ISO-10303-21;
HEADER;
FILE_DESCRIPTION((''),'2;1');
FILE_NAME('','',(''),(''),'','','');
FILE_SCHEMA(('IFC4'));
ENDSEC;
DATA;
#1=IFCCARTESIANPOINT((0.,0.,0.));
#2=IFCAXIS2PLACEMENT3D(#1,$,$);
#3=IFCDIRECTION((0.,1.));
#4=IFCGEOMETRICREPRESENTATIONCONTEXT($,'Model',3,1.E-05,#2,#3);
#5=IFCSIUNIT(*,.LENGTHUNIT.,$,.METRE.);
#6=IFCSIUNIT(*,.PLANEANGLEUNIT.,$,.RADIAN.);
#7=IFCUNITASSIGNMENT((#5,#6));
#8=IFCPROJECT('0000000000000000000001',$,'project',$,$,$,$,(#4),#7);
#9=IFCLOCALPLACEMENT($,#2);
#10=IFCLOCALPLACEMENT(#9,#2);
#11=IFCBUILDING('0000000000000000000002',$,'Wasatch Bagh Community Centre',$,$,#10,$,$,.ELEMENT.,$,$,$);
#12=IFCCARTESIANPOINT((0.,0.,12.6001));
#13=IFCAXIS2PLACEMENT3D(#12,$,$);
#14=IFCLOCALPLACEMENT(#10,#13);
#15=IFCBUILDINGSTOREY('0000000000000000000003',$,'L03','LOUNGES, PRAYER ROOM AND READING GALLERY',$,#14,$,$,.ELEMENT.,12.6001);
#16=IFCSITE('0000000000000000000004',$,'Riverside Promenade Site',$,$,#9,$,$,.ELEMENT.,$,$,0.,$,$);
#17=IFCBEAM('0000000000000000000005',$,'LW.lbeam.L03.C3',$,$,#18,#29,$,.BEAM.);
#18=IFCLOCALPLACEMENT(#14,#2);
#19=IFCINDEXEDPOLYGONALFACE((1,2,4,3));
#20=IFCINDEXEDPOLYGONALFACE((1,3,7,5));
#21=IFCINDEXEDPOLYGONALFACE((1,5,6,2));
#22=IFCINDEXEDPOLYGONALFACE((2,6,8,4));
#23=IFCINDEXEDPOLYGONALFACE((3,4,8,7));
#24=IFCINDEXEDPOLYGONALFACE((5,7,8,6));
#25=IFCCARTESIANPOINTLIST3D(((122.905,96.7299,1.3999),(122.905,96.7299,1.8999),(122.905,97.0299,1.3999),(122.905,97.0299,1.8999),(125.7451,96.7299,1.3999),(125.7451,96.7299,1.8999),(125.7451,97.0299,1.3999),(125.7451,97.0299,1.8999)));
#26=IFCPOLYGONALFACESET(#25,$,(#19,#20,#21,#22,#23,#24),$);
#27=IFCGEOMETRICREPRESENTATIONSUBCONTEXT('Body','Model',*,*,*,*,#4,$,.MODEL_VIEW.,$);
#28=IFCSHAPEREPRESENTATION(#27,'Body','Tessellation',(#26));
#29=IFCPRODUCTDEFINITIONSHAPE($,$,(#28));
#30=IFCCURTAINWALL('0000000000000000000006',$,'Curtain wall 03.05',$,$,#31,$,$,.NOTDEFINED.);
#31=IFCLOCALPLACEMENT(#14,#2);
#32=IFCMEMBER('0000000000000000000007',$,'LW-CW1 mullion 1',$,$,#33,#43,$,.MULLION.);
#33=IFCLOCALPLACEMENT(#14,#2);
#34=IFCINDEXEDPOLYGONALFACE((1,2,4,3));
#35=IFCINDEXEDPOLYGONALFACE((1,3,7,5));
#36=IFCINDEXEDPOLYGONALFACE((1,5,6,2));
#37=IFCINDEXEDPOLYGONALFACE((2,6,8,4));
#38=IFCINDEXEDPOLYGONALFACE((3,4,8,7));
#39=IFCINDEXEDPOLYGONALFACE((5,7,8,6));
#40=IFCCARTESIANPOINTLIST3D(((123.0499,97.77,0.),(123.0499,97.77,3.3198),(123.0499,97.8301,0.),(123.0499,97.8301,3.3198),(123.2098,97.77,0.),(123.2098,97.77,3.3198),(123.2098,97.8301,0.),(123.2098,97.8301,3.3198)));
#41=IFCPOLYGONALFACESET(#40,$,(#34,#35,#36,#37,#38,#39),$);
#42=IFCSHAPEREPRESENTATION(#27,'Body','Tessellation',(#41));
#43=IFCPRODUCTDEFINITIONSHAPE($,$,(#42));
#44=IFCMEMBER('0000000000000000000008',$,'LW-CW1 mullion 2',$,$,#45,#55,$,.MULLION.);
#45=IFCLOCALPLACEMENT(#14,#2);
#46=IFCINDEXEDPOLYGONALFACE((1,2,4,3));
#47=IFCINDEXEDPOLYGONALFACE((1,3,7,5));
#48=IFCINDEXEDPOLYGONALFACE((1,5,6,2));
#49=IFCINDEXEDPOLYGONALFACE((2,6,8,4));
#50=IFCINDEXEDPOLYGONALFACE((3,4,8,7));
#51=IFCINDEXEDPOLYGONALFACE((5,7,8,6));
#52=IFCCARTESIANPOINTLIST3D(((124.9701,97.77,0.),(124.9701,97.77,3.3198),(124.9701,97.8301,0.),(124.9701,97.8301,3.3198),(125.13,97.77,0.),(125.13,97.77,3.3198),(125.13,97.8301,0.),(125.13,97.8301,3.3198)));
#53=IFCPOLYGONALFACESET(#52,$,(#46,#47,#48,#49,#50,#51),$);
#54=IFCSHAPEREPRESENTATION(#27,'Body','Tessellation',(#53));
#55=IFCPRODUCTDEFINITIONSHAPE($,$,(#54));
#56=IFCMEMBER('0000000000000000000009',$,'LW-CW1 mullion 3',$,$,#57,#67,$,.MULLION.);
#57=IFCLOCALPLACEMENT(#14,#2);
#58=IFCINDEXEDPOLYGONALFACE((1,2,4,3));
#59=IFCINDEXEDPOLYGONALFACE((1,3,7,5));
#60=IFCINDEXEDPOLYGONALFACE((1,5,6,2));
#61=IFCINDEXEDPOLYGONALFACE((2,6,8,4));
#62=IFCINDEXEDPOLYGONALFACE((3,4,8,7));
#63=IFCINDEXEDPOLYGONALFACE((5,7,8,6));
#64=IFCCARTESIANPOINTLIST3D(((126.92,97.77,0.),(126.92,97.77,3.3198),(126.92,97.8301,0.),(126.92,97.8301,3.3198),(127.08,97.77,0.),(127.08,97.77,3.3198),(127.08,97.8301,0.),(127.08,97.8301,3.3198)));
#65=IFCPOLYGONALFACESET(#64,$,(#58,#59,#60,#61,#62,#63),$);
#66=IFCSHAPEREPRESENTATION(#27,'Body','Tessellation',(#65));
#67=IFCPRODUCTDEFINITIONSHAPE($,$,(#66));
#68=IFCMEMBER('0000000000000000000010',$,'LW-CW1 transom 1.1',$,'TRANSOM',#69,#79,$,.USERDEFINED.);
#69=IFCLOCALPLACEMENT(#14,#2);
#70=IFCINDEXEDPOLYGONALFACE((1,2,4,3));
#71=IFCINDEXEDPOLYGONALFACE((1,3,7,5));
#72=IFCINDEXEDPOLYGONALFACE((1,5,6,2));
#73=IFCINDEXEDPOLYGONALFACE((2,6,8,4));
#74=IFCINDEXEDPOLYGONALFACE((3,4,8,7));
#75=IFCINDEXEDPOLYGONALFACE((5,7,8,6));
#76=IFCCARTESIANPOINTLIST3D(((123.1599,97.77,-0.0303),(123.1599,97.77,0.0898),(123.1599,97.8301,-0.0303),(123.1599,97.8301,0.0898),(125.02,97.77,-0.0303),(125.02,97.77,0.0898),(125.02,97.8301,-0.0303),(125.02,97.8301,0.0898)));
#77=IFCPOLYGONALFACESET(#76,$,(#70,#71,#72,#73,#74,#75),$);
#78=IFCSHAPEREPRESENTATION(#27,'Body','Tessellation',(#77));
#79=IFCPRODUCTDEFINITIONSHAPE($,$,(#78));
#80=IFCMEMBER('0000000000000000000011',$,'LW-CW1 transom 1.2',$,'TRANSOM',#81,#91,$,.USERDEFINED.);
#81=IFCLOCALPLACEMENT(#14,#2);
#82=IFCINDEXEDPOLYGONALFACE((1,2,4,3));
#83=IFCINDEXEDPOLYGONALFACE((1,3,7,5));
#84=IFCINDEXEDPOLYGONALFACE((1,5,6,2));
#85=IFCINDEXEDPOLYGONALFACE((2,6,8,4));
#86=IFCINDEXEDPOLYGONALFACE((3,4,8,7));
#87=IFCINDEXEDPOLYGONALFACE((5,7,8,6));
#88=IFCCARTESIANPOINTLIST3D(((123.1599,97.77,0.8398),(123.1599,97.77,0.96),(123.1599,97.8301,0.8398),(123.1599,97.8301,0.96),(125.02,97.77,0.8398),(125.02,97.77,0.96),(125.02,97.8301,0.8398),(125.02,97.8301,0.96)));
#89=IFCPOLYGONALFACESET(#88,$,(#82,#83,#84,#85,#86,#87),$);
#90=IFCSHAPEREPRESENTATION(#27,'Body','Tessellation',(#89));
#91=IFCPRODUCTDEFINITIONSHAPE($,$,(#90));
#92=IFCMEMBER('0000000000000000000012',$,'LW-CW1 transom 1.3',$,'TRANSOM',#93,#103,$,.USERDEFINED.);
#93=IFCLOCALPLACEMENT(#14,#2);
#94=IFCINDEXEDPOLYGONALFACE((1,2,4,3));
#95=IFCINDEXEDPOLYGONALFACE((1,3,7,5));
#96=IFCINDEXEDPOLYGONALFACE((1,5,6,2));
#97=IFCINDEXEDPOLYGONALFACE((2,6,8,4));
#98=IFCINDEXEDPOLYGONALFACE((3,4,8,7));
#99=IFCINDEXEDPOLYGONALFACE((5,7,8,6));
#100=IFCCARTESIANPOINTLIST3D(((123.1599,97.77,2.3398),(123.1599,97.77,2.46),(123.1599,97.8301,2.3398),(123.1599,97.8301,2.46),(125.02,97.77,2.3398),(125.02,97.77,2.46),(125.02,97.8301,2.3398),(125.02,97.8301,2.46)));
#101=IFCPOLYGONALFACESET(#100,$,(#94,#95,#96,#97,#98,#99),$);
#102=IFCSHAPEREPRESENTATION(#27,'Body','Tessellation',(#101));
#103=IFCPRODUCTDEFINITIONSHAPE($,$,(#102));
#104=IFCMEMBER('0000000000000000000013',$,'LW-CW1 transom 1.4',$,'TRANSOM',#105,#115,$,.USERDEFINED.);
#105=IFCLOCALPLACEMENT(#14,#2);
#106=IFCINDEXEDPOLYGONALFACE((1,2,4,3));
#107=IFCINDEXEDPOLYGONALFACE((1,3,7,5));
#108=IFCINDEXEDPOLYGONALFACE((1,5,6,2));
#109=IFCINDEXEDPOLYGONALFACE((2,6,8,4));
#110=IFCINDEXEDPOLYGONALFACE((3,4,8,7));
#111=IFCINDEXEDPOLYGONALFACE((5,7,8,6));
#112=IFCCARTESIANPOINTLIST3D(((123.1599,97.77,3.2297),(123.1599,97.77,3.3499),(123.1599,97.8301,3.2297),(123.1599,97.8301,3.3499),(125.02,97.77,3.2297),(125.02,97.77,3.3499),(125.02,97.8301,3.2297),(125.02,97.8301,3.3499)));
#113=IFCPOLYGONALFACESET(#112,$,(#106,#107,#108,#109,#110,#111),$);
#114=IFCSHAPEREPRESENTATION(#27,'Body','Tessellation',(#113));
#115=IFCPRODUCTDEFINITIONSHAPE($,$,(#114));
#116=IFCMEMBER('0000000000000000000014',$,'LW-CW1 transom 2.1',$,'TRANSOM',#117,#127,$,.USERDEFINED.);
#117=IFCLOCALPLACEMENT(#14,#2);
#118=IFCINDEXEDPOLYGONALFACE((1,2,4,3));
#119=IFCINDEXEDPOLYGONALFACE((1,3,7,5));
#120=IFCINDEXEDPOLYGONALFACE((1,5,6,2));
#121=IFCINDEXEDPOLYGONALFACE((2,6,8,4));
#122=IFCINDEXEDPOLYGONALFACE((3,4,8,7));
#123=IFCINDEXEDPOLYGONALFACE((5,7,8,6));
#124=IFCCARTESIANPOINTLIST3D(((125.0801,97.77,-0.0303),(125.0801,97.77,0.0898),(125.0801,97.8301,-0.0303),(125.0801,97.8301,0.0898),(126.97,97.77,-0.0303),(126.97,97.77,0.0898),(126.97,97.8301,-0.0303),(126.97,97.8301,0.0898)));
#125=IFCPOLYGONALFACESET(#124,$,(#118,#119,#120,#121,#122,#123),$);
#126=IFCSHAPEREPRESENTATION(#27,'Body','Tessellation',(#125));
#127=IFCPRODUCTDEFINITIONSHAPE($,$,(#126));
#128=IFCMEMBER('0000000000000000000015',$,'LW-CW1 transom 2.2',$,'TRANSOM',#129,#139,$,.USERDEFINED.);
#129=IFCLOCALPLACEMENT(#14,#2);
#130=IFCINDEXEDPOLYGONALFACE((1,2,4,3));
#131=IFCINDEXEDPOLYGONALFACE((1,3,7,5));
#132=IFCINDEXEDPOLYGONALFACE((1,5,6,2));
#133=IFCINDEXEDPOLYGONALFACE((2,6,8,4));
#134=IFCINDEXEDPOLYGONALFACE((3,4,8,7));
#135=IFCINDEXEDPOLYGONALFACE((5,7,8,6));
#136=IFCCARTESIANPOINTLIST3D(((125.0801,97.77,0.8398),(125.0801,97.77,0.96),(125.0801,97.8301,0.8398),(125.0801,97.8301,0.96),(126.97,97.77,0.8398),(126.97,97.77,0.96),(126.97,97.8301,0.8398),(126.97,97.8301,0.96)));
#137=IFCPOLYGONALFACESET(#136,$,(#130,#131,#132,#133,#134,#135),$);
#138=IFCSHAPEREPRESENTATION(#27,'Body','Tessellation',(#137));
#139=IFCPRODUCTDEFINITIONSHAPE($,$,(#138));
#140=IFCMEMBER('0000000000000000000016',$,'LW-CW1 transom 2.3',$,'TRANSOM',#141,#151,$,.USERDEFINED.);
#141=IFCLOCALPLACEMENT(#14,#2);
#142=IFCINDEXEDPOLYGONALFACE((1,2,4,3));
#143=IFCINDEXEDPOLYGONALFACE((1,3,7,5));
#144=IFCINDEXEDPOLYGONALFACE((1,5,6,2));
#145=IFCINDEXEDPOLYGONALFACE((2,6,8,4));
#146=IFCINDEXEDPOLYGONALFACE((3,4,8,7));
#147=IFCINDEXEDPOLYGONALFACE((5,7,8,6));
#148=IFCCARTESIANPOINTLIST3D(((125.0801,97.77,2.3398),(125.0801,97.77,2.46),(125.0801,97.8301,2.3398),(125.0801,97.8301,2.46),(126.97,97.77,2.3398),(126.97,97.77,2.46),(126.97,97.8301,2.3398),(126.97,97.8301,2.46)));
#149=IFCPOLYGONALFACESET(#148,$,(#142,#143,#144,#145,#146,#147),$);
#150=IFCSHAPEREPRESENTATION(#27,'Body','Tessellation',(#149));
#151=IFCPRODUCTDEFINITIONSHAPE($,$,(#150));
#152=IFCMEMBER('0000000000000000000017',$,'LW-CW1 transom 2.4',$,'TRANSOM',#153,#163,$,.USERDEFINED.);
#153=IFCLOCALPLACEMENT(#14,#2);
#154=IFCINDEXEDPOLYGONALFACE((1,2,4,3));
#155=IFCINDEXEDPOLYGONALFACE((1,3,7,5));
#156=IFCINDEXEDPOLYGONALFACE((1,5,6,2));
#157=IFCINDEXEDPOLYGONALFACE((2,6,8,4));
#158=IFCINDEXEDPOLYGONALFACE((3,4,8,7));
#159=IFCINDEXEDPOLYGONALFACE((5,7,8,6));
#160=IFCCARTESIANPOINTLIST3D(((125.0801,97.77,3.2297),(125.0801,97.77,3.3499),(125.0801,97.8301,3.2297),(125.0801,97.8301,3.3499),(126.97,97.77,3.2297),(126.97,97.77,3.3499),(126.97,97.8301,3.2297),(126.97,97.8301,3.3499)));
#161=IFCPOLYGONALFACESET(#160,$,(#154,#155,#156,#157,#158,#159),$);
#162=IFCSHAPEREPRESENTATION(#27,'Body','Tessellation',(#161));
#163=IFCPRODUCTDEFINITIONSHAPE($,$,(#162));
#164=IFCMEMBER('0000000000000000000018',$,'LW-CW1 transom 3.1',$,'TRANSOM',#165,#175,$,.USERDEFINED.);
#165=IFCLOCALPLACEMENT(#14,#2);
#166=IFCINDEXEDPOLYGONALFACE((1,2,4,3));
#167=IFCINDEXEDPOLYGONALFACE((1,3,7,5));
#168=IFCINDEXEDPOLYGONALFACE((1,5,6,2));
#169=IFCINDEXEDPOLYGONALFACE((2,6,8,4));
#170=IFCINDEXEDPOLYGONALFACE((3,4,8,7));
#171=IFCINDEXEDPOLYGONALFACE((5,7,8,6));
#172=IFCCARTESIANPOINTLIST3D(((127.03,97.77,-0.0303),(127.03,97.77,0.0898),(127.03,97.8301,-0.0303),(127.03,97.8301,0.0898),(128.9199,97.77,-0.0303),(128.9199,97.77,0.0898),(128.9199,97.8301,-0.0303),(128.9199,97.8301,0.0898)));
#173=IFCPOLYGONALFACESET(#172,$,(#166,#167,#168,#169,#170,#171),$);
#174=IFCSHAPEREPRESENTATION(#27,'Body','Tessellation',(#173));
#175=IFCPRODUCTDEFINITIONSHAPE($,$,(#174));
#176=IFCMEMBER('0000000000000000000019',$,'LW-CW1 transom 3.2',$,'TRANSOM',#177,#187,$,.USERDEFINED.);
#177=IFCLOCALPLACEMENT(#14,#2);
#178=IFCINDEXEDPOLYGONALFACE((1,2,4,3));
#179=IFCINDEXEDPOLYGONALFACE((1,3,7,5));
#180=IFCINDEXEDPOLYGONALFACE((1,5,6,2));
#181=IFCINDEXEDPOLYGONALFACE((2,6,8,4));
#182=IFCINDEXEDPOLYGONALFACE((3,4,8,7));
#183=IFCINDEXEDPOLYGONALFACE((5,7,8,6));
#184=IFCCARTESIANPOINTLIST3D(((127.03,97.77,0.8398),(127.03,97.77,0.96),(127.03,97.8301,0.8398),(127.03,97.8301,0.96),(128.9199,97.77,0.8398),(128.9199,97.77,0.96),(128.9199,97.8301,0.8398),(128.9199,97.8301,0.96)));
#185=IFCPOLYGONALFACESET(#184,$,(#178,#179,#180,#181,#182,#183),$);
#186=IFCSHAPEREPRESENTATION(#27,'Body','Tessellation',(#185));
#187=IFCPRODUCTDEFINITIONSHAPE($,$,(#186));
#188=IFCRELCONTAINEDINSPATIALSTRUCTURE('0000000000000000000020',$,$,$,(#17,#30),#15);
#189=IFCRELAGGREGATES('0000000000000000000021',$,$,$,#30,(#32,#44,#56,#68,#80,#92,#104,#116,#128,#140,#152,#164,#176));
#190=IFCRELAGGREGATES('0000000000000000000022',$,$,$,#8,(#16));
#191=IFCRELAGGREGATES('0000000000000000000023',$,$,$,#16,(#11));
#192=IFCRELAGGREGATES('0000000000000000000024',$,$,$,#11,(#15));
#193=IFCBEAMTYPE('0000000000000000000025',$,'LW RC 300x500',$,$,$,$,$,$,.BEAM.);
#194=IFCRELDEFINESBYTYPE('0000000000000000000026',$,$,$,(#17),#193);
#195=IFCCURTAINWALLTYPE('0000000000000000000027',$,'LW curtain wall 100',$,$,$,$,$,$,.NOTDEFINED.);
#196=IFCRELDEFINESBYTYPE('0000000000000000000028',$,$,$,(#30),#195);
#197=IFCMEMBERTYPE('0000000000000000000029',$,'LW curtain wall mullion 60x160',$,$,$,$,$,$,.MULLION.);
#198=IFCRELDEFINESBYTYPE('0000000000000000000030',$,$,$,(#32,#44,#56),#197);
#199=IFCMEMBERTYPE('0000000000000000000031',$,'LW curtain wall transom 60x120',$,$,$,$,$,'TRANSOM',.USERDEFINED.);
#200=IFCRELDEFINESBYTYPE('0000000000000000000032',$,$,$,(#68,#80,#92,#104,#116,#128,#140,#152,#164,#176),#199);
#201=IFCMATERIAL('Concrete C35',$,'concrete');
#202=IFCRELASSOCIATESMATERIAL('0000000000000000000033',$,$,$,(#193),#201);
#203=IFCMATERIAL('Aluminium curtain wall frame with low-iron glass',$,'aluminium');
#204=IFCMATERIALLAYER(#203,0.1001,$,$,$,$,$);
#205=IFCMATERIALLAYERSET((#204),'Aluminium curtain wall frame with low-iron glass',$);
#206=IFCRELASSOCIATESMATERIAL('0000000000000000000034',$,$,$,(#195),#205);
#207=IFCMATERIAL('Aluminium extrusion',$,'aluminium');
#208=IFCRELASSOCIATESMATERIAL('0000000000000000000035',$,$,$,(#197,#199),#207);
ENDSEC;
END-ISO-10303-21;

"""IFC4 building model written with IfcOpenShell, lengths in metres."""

from ifc_helpers import new_model, si_unit, direction, frame, origin, origin_2d, place, context, subcontext, project, spatial, rectangle, extrude, material, layer, layer_set, material_profile, profile_set, type_object, element, aggregate, save


model = new_model("IFC4")

# Units and contexts
model_context = context("Model", 3, precision=1e-05, world=origin(), true_north=direction((0.0, 1.0)))
body_context = subcontext(model_context, "Body", "Model", "MODEL_VIEW")
ifc_project = project(units=[si_unit("LENGTHUNIT", "METRE"), si_unit("PLANEANGLEUNIT", "RADIAN")], contexts=[model_context])

# Site, building, storey
site_placement = place(None, origin())
site = spatial("IfcSite", under=ifc_project, at=site_placement, Name="Riverside Promenade Site", CompositionType="ELEMENT", RefElevation=0.0)
building_placement = place(site_placement, origin())
building = spatial("IfcBuilding", under=site, at=building_placement, Name="Wasatch Bagh Community Centre", CompositionType="ELEMENT")
storey_placement = place(building_placement, frame((0.0, 0.0, 12.6001)))
storey = spatial("IfcBuildingStorey", under=building, at=storey_placement, Name="L03", Description="LOUNGES, PRAYER ROOM AND READING GALLERY", CompositionType="ELEMENT", Elevation=12.6001)

# Beam
ifc_material_1 = material(Name="Concrete C35", Category="concrete")
ifc_material_profile_1 = material_profile(ifc_material_1, rectangle(XDim=0.3, YDim=0.5, at=origin_2d()), Name="RC 300x500")
ifc_profile_set_1 = profile_set([ifc_material_profile_1], Name="Concrete C35")
beam_type = type_object("IfcBeamType", Name="LW RC 300x500", PredefinedType="BEAM", material=ifc_profile_set_1)
beam_placement = place(storey_placement, frame((122.905, 96.8799, 1.6499), z_axis=(1.0, 0.0, 0.0), x_axis=(0.0, 1.0, 0.0)))
element("IfcBeam", 1, at=beam_placement, inside=storey, type_object=beam_type, Name="LW.lbeam.L03.C3", PredefinedType="BEAM", context=body_context, shape_type="SweptSolid", body=[
    extrude(rectangle(XDim=0.3, YDim=0.5, at=origin_2d()), origin(), (0.0, 0.0, 1.0), 2.8401),
])

# Curtain wall, members
ifc_material_2 = material(Name="Aluminium curtain wall frame with low-iron glass", Category="aluminium")
ifc_layer_1 = layer(ifc_material_2, 0.1001)
ifc_layer_set_1 = layer_set([ifc_layer_1], Name="Aluminium curtain wall frame with low-iron glass")
curtain_wall_type = type_object("IfcCurtainWallType", Name="LW curtain wall 100", PredefinedType="NOTDEFINED", material=ifc_layer_set_1)
curtain_wall_placement = place(storey_placement, origin())
curtain_wall = element("IfcCurtainWall", 2, at=curtain_wall_placement, inside=storey, type_object=curtain_wall_type, Name="Curtain wall 03.05", PredefinedType="NOTDEFINED")
ifc_material_3 = material(Name="Aluminium extrusion", Category="aluminium")
ifc_material_profile_2 = material_profile(ifc_material_3, rectangle(XDim=0.0601, YDim=0.1599, at=origin_2d()), Name="AL 60x160")
ifc_profile_set_2 = profile_set([ifc_material_profile_2], Name="Aluminium extrusion")
member_type_1 = type_object("IfcMemberType", Name="LW curtain wall mullion 60x160", PredefinedType="MULLION", material=ifc_profile_set_2)
member_1_placement = place(storey_placement, frame((123.1299, 97.8, 0.0), z_axis=(0.0, 0.0, 1.0), x_axis=(0.0, 1.0, 0.0)))
member_1 = element("IfcMember", 3, at=member_1_placement, type_object=member_type_1, Name="LW-CW1 mullion 1", PredefinedType="MULLION", context=body_context, shape_type="SweptSolid", body=[
    extrude(rectangle(XDim=0.0601, YDim=0.1599, at=origin_2d()), origin(), (0.0, 0.0, 1.0), 3.3198),
])
member_2_placement = place(storey_placement, frame((125.05, 97.8, 0.0), z_axis=(0.0, 0.0, 1.0), x_axis=(0.0, 1.0, 0.0)))
member_2 = element("IfcMember", 4, at=member_2_placement, type_object=member_type_1, Name="LW-CW1 mullion 2", PredefinedType="MULLION", context=body_context, shape_type="SweptSolid", body=[
    extrude(rectangle(XDim=0.0601, YDim=0.1599, at=origin_2d()), origin(), (0.0, 0.0, 1.0), 3.3198),
])
member_3_placement = place(storey_placement, frame((127.0, 97.8, 0.0), z_axis=(0.0, 0.0, 1.0), x_axis=(0.0, 1.0, 0.0)))
member_3 = element("IfcMember", 5, at=member_3_placement, type_object=member_type_1, Name="LW-CW1 mullion 3", PredefinedType="MULLION", context=body_context, shape_type="SweptSolid", body=[
    extrude(rectangle(XDim=0.0601, YDim=0.1599, at=origin_2d()), origin(), (0.0, 0.0, 1.0), 3.3198),
])
ifc_material_profile_3 = material_profile(ifc_material_3, rectangle(XDim=0.0601, YDim=0.1201, at=origin_2d()), Name="AL 60x120")
ifc_profile_set_3 = profile_set([ifc_material_profile_3], Name="Aluminium extrusion")
member_type_2 = type_object("IfcMemberType", Name="LW curtain wall transom 60x120", ElementType="TRANSOM", PredefinedType="USERDEFINED", material=ifc_profile_set_3)
member_4_placement = place(storey_placement, frame((123.1599, 97.8, 0.0298), z_axis=(1.0, 0.0, 0.0), x_axis=(0.0, 1.0, 0.0)))
member_4 = element("IfcMember", 6, at=member_4_placement, type_object=member_type_2, Name="LW-CW1 transom 1.1", ObjectType="TRANSOM", PredefinedType="USERDEFINED", context=body_context, shape_type="SweptSolid", body=[
    extrude(rectangle(XDim=0.0601, YDim=0.1201, at=origin_2d()), origin(), (0.0, 0.0, 1.0), 1.8601),
])
member_5_placement = place(storey_placement, frame((123.1599, 97.8, 0.8999), z_axis=(1.0, 0.0, 0.0), x_axis=(0.0, 1.0, 0.0)))
member_5 = element("IfcMember", 7, at=member_5_placement, type_object=member_type_2, Name="LW-CW1 transom 1.2", ObjectType="TRANSOM", PredefinedType="USERDEFINED", context=body_context, shape_type="SweptSolid", body=[
    extrude(rectangle(XDim=0.0601, YDim=0.1201, at=origin_2d()), origin(), (0.0, 0.0, 1.0), 1.8601),
])
member_6_placement = place(storey_placement, frame((123.1599, 97.8, 2.3999), z_axis=(1.0, 0.0, 0.0), x_axis=(0.0, 1.0, 0.0)))
member_6 = element("IfcMember", 8, at=member_6_placement, type_object=member_type_2, Name="LW-CW1 transom 1.3", ObjectType="TRANSOM", PredefinedType="USERDEFINED", context=body_context, shape_type="SweptSolid", body=[
    extrude(rectangle(XDim=0.0601, YDim=0.1201, at=origin_2d()), origin(), (0.0, 0.0, 1.0), 1.8601),
])
member_7_placement = place(storey_placement, frame((123.1599, 97.8, 3.2898), z_axis=(1.0, 0.0, 0.0), x_axis=(0.0, 1.0, 0.0)))
member_7 = element("IfcMember", 9, at=member_7_placement, type_object=member_type_2, Name="LW-CW1 transom 1.4", ObjectType="TRANSOM", PredefinedType="USERDEFINED", context=body_context, shape_type="SweptSolid", body=[
    extrude(rectangle(XDim=0.0601, YDim=0.1201, at=origin_2d()), origin(), (0.0, 0.0, 1.0), 1.8601),
])
member_8_placement = place(storey_placement, frame((125.0801, 97.8, 0.0298), z_axis=(1.0, 0.0, 0.0), x_axis=(0.0, 1.0, 0.0)))
member_8 = element("IfcMember", 10, at=member_8_placement, type_object=member_type_2, Name="LW-CW1 transom 2.1", ObjectType="TRANSOM", PredefinedType="USERDEFINED", context=body_context, shape_type="SweptSolid", body=[
    extrude(rectangle(XDim=0.0601, YDim=0.1201, at=origin_2d()), origin(), (0.0, 0.0, 1.0), 1.8899),
])
member_9_placement = place(storey_placement, frame((125.0801, 97.8, 0.8999), z_axis=(1.0, 0.0, 0.0), x_axis=(0.0, 1.0, 0.0)))
member_9 = element("IfcMember", 11, at=member_9_placement, type_object=member_type_2, Name="LW-CW1 transom 2.2", ObjectType="TRANSOM", PredefinedType="USERDEFINED", context=body_context, shape_type="SweptSolid", body=[
    extrude(rectangle(XDim=0.0601, YDim=0.1201, at=origin_2d()), origin(), (0.0, 0.0, 1.0), 1.8899),
])
member_10_placement = place(storey_placement, frame((125.0801, 97.8, 2.3999), z_axis=(1.0, 0.0, 0.0), x_axis=(0.0, 1.0, 0.0)))
member_10 = element("IfcMember", 12, at=member_10_placement, type_object=member_type_2, Name="LW-CW1 transom 2.3", ObjectType="TRANSOM", PredefinedType="USERDEFINED", context=body_context, shape_type="SweptSolid", body=[
    extrude(rectangle(XDim=0.0601, YDim=0.1201, at=origin_2d()), origin(), (0.0, 0.0, 1.0), 1.8899),
])
member_11_placement = place(storey_placement, frame((125.0801, 97.8, 3.2898), z_axis=(1.0, 0.0, 0.0), x_axis=(0.0, 1.0, 0.0)))
member_11 = element("IfcMember", 13, at=member_11_placement, type_object=member_type_2, Name="LW-CW1 transom 2.4", ObjectType="TRANSOM", PredefinedType="USERDEFINED", context=body_context, shape_type="SweptSolid", body=[
    extrude(rectangle(XDim=0.0601, YDim=0.1201, at=origin_2d()), origin(), (0.0, 0.0, 1.0), 1.8899),
])
member_12_placement = place(storey_placement, frame((127.03, 97.8, 0.0298), z_axis=(1.0, 0.0, 0.0), x_axis=(0.0, 1.0, 0.0)))
member_12 = element("IfcMember", 14, at=member_12_placement, type_object=member_type_2, Name="LW-CW1 transom 3.1", ObjectType="TRANSOM", PredefinedType="USERDEFINED", context=body_context, shape_type="SweptSolid", body=[
    extrude(rectangle(XDim=0.0601, YDim=0.1201, at=origin_2d()), origin(), (0.0, 0.0, 1.0), 1.8899),
])
member_13_placement = place(storey_placement, frame((127.03, 97.8, 0.8999), z_axis=(1.0, 0.0, 0.0), x_axis=(0.0, 1.0, 0.0)))
member_13 = element("IfcMember", 15, at=member_13_placement, type_object=member_type_2, Name="LW-CW1 transom 3.2", ObjectType="TRANSOM", PredefinedType="USERDEFINED", context=body_context, shape_type="SweptSolid", body=[
    extrude(rectangle(XDim=0.0601, YDim=0.1201, at=origin_2d()), origin(), (0.0, 0.0, 1.0), 1.8899),
])
aggregate(curtain_wall, [member_1, member_2, member_3, member_4, member_5, member_6, member_7, member_8, member_9, member_10, member_11, member_12, member_13])

save(model, "model.ifc")
